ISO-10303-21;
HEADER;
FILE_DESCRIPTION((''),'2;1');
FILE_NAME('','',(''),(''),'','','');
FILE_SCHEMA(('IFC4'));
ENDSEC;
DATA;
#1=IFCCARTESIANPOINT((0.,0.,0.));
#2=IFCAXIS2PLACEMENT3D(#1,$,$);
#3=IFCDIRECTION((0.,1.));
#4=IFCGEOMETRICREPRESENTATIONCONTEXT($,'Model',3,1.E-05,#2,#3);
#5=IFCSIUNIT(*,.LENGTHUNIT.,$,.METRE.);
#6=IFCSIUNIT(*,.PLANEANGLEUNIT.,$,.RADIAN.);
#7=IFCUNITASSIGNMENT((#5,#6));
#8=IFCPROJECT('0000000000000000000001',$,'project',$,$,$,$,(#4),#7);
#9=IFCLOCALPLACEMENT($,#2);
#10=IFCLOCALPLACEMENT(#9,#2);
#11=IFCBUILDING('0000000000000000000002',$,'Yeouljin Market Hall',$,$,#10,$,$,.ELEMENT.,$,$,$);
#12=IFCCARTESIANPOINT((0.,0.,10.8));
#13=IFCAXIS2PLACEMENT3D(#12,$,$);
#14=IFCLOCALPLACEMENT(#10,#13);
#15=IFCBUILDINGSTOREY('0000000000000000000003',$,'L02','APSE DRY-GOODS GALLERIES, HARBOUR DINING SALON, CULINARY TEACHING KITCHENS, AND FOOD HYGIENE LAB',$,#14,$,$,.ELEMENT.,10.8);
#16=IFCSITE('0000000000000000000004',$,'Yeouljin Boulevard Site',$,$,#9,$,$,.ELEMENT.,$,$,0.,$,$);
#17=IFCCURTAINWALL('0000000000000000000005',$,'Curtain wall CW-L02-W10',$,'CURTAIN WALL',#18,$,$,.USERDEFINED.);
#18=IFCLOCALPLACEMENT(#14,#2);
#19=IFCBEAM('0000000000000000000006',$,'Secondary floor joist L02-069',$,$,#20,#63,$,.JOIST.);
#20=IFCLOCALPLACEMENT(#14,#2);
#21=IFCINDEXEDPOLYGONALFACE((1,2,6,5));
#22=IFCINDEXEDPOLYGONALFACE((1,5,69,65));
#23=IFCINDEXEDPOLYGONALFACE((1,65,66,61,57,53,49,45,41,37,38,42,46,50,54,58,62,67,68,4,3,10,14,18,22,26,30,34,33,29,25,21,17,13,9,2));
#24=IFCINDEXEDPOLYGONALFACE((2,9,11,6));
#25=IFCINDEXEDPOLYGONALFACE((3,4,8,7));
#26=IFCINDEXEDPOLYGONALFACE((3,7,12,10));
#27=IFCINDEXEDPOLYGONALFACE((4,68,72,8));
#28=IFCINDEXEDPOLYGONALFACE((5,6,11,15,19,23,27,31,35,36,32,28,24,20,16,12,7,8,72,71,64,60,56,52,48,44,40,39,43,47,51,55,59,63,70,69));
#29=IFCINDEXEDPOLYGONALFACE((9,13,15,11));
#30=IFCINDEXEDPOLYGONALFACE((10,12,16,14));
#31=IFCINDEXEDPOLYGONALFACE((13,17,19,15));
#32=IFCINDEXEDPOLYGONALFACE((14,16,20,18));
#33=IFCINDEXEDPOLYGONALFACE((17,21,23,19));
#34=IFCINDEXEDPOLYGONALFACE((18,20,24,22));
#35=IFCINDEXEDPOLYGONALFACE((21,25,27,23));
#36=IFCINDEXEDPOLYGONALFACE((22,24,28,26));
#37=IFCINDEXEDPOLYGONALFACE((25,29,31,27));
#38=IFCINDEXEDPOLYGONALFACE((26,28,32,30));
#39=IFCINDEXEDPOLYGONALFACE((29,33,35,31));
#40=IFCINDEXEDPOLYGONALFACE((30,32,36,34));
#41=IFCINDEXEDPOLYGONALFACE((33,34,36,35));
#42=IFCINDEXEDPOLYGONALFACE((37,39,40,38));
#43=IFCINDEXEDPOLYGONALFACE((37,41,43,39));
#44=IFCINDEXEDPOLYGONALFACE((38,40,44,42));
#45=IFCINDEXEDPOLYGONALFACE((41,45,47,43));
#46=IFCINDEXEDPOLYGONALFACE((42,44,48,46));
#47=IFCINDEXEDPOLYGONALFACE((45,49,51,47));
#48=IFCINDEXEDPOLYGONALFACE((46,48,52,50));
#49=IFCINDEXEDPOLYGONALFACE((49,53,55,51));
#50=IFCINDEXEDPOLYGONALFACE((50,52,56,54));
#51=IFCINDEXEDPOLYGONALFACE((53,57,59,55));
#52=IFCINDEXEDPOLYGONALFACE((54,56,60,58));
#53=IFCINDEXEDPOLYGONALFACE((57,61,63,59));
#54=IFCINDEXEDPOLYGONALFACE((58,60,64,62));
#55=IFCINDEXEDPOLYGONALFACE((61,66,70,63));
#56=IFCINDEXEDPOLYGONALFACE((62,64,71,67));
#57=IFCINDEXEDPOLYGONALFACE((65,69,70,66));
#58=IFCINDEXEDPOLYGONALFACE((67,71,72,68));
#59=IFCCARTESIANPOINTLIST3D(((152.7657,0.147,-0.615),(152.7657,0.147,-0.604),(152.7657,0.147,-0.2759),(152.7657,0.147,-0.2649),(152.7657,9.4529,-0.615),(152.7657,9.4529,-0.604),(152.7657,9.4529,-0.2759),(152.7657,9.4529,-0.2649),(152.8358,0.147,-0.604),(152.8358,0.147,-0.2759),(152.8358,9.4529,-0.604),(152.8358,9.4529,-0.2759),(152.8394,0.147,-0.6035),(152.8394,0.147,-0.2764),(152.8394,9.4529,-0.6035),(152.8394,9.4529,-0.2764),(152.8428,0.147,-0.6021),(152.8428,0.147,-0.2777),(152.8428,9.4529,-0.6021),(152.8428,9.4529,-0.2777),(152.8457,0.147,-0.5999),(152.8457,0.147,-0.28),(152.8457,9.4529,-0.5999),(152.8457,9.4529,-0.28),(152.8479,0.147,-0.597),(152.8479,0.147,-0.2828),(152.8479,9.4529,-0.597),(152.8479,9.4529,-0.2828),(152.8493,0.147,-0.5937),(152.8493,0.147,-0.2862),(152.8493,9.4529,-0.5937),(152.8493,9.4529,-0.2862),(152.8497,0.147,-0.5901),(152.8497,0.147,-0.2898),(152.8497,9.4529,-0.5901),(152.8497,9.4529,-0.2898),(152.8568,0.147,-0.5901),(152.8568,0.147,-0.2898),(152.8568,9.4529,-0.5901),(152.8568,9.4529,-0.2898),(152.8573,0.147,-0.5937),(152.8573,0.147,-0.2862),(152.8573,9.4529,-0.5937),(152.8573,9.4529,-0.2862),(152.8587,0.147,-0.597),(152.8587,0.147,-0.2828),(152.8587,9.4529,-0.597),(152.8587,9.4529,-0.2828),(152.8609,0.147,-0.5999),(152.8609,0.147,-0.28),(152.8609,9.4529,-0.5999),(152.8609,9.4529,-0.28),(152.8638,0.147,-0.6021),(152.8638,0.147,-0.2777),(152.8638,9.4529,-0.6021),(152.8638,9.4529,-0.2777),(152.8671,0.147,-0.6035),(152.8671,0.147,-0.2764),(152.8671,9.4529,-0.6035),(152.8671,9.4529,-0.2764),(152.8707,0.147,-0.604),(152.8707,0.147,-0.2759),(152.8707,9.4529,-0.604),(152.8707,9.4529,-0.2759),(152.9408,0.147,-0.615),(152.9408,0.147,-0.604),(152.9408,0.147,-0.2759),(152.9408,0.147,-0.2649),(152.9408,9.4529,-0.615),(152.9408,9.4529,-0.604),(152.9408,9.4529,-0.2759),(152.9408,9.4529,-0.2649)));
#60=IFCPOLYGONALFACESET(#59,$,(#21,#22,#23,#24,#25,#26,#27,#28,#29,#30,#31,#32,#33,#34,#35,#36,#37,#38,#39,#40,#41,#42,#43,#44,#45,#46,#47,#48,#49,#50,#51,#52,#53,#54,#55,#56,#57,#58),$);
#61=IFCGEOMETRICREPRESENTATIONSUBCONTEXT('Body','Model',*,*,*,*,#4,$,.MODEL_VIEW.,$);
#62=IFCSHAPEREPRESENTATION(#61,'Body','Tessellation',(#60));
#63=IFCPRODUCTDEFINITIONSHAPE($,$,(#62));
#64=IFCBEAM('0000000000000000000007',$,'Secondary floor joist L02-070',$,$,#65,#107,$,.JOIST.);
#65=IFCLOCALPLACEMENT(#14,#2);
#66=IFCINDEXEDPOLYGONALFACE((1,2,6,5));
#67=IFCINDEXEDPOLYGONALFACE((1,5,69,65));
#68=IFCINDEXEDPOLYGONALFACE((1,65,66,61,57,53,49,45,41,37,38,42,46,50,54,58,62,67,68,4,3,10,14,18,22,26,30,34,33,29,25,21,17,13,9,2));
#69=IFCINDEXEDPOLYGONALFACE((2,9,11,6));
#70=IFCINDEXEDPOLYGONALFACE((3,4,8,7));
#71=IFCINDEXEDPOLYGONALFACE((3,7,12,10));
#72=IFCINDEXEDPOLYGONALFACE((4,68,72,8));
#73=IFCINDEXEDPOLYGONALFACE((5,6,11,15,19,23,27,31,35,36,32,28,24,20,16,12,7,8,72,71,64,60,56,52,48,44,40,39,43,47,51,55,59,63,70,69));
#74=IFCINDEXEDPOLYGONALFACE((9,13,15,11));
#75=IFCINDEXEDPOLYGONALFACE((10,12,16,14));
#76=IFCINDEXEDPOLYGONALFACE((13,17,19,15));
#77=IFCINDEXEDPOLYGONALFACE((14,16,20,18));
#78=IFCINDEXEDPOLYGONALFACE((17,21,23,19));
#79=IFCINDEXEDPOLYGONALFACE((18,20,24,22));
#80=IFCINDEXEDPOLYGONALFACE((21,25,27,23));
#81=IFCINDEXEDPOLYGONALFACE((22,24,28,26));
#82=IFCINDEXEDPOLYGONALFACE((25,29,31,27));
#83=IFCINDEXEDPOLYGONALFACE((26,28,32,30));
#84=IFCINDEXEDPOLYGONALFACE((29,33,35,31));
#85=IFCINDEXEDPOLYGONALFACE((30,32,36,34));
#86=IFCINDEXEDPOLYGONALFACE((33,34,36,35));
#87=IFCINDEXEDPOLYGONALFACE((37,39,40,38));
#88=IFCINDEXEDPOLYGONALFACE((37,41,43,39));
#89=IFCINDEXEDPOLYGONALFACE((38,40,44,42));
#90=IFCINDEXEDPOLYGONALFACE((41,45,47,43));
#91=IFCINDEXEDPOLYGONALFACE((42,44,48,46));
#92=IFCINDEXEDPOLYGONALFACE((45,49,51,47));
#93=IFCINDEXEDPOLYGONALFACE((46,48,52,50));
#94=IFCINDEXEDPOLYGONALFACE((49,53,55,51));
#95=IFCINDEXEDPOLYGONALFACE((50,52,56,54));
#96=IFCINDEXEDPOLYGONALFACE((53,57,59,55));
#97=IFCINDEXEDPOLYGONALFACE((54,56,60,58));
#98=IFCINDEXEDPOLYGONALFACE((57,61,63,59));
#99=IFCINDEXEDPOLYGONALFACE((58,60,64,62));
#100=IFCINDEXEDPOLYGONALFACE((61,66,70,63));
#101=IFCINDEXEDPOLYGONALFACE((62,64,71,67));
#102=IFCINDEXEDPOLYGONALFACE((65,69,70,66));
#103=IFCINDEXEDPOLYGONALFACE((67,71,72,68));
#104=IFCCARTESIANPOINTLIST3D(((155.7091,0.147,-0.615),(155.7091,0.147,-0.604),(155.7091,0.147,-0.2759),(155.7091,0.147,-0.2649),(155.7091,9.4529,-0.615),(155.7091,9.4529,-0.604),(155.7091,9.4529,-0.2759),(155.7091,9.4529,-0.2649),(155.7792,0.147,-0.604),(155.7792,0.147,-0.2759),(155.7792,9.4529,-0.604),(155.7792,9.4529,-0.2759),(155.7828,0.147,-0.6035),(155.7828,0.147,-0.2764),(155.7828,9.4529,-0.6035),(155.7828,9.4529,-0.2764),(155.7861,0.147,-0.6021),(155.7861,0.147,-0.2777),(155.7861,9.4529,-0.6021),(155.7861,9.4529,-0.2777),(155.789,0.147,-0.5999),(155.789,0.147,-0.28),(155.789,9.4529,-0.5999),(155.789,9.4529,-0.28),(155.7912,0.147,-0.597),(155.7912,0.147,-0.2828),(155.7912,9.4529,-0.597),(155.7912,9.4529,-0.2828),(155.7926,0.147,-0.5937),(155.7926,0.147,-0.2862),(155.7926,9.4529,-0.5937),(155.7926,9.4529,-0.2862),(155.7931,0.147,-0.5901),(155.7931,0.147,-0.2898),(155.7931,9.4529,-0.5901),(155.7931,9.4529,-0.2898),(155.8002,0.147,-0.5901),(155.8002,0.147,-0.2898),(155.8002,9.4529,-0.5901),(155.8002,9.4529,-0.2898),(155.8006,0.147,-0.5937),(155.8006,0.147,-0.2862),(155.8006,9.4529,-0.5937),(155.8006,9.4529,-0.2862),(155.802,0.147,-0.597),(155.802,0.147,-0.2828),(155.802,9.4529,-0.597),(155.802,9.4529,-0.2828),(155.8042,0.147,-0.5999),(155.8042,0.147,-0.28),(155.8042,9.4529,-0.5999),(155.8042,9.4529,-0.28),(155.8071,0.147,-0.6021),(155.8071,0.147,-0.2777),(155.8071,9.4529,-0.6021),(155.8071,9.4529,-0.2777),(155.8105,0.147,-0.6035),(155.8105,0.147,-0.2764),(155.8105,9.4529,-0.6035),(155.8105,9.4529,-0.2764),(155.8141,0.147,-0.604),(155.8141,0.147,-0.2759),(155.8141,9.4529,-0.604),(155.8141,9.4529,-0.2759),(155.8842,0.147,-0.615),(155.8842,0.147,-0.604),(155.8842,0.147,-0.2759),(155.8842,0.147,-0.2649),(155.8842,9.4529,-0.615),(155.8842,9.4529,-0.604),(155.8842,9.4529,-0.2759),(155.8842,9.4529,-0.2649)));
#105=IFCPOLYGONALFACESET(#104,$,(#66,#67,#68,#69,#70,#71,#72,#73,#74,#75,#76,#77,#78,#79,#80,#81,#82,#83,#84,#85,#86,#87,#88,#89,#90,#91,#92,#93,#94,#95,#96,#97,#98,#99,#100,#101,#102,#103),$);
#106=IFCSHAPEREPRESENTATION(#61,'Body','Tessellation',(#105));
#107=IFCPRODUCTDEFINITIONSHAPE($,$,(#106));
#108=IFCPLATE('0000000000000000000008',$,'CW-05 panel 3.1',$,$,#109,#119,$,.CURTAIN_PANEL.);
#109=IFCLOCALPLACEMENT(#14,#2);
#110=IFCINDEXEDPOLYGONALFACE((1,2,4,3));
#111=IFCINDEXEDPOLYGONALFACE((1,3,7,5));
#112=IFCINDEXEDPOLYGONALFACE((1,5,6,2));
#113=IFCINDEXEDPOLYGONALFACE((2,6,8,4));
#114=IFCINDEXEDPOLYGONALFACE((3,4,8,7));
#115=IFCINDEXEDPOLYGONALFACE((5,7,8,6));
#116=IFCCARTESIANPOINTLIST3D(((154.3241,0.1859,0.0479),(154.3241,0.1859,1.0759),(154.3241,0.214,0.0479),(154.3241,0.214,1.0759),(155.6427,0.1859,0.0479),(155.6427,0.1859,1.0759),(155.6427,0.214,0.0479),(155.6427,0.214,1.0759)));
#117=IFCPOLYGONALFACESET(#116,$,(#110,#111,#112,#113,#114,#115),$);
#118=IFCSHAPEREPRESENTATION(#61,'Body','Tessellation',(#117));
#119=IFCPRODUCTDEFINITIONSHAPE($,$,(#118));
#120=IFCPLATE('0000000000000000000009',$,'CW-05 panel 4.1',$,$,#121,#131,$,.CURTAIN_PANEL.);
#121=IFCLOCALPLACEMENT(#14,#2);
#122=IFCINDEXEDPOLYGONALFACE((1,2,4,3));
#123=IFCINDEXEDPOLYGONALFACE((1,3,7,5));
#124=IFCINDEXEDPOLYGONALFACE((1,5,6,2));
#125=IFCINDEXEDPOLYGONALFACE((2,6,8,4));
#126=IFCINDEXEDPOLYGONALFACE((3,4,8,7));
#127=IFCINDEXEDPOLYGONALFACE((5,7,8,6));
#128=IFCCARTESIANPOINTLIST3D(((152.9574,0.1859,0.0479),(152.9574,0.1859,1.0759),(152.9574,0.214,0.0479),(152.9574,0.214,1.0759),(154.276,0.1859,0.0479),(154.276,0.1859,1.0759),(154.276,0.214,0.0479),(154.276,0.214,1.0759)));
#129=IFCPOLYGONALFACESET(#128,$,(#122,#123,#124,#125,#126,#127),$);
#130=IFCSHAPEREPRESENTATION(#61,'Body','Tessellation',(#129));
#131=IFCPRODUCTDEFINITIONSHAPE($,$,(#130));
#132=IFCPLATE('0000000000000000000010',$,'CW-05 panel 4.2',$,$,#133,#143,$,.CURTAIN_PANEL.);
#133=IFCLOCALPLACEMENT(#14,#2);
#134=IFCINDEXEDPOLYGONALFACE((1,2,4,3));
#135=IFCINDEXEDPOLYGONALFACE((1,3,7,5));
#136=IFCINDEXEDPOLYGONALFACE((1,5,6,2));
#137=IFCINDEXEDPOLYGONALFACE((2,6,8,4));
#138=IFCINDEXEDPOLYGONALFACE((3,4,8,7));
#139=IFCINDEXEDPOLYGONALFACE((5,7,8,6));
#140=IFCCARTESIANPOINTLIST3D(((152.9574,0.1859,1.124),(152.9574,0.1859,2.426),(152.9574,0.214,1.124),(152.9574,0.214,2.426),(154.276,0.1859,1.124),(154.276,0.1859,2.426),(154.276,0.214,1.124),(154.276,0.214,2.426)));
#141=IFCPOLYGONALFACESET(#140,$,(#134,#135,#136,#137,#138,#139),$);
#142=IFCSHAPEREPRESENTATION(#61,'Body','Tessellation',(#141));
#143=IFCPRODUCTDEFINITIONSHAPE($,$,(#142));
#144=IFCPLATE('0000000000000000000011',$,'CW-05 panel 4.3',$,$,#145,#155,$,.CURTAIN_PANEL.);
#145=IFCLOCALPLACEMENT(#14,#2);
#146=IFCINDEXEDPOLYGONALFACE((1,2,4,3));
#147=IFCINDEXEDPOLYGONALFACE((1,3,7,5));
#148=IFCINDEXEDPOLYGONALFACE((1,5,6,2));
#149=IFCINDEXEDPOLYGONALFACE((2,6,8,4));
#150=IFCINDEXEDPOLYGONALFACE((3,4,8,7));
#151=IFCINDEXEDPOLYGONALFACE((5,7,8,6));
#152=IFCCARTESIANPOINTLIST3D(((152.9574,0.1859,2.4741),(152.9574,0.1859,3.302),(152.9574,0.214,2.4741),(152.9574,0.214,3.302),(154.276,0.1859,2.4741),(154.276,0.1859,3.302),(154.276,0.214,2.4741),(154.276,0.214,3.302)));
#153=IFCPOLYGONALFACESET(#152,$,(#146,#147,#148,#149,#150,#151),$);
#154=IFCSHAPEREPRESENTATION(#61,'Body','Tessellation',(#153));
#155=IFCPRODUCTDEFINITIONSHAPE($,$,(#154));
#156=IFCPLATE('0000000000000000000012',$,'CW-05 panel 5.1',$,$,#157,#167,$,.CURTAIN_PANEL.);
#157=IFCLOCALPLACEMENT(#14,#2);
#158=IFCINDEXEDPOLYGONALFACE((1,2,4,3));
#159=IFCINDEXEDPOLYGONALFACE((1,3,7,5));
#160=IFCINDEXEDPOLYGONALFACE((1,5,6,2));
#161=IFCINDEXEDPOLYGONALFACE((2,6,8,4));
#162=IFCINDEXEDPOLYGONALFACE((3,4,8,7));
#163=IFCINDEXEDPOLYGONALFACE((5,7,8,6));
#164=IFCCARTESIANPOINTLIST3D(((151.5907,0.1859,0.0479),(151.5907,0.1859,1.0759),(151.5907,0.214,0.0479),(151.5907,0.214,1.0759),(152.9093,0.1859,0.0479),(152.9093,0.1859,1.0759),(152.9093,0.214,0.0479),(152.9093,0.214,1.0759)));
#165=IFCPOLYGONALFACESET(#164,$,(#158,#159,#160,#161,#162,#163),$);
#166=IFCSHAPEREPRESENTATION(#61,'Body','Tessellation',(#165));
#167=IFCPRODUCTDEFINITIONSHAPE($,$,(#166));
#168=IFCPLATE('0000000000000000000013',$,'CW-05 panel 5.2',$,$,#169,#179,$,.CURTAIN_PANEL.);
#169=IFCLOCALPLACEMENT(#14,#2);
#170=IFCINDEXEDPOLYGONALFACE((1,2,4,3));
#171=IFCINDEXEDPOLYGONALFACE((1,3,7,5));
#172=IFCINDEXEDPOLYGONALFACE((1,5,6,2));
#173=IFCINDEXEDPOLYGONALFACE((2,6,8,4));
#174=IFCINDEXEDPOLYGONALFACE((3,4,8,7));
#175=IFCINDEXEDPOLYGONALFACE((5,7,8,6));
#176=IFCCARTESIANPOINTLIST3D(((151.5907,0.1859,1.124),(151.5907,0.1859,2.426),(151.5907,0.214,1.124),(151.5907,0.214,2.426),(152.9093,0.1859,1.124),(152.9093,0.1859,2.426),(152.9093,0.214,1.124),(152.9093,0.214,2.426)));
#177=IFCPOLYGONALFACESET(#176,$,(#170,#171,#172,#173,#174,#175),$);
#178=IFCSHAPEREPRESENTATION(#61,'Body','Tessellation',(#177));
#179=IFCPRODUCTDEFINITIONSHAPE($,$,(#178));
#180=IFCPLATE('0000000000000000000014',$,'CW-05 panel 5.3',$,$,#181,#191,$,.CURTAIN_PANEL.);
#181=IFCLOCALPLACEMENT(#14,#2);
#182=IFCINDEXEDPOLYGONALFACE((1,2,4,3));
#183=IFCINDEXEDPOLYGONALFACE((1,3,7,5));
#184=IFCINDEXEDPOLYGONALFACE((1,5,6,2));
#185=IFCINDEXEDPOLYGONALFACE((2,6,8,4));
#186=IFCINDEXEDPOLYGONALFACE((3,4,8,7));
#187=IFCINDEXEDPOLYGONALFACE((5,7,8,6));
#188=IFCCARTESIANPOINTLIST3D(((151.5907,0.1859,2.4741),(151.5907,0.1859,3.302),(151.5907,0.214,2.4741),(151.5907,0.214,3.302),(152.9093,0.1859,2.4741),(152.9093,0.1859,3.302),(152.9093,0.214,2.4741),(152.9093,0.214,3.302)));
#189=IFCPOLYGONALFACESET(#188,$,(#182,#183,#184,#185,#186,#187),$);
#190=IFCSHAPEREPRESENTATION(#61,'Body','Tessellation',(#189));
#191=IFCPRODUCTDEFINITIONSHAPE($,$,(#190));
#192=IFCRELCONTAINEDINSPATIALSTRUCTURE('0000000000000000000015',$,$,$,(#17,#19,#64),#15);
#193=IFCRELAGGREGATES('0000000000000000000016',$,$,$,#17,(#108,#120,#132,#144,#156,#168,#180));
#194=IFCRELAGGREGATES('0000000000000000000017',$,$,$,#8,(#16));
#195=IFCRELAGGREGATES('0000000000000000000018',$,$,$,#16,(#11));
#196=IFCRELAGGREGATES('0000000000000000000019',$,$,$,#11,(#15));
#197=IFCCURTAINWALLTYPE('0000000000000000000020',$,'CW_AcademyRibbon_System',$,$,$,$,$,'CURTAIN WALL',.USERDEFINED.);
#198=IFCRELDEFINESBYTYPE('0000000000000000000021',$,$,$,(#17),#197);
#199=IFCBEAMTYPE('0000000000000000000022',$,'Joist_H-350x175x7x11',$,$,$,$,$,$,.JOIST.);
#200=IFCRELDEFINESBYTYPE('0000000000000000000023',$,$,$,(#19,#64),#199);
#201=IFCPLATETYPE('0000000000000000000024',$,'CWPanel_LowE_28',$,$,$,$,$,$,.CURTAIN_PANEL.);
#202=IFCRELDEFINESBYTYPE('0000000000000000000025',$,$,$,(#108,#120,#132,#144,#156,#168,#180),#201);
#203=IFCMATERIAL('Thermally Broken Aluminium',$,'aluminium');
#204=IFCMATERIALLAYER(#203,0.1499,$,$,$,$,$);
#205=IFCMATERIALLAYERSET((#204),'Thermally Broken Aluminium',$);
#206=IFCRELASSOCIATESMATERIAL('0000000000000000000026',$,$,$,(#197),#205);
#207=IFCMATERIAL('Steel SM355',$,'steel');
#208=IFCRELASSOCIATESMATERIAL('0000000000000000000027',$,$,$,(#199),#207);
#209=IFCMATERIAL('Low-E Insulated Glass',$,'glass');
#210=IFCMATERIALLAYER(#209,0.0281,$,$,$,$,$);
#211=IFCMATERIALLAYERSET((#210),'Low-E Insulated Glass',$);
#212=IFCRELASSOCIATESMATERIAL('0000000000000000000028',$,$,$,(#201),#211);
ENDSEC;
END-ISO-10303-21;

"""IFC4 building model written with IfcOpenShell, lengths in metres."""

from ifc_helpers import new_model, si_unit, direction, frame, origin, origin_2d, place, context, subcontext, project, spatial, rectangle, i_section, extrude, material, layer, layer_set, material_profile, profile_set, type_object, element, aggregate, save


model = new_model("IFC4")

# Units and contexts
model_context = context("Model", 3, precision=1e-05, world=origin(), true_north=direction((0.0, 1.0)))
body_context = subcontext(model_context, "Body", "Model", "MODEL_VIEW")
ifc_project = project(units=[si_unit("LENGTHUNIT", "METRE"), si_unit("PLANEANGLEUNIT", "RADIAN")], contexts=[model_context])

# Site, building, storey
site_placement = place(None, origin())
site = spatial("IfcSite", under=ifc_project, at=site_placement, Name="Yeouljin Boulevard Site", CompositionType="ELEMENT", RefElevation=0.0)
building_placement = place(site_placement, origin())
building = spatial("IfcBuilding", under=site, at=building_placement, Name="Yeouljin Market Hall", CompositionType="ELEMENT")
storey_placement = place(building_placement, frame((0.0, 0.0, 10.8)))
storey = spatial("IfcBuildingStorey", under=building, at=storey_placement, Name="L02", Description="APSE DRY-GOODS GALLERIES, HARBOUR DINING SALON, CULINARY TEACHING KITCHENS, AND FOOD HYGIENE LAB", CompositionType="ELEMENT", Elevation=10.8)

# Curtain wall
ifc_material_1 = material(Name="Thermally Broken Aluminium", Category="aluminium")
ifc_layer_1 = layer(ifc_material_1, 0.1499)
ifc_layer_set_1 = layer_set([ifc_layer_1], Name="Thermally Broken Aluminium")
curtain_wall_type = type_object("IfcCurtainWallType", Name="CW_AcademyRibbon_System", ElementType="CURTAIN WALL", PredefinedType="USERDEFINED", material=ifc_layer_set_1)
curtain_wall_placement = place(storey_placement, origin())
curtain_wall = element("IfcCurtainWall", 1, at=curtain_wall_placement, inside=storey, type_object=curtain_wall_type, Name="Curtain wall CW-L02-W10", ObjectType="CURTAIN WALL", PredefinedType="USERDEFINED")

# Beams
ifc_material_2 = material(Name="Steel SM355", Category="steel")
ifc_material_profile_1 = material_profile(ifc_material_2, i_section(OverallWidth=0.175, OverallDepth=0.3501, WebThickness=0.0071, FlangeThickness=0.011, FilletRadius=0.0139, at=origin_2d()), Name="H-350x175x7x11")
ifc_profile_set_1 = profile_set([ifc_material_profile_1], Name="Steel SM355")
beam_type = type_object("IfcBeamType", Name="Joist_H-350x175x7x11", PredefinedType="JOIST", material=ifc_profile_set_1)
for number, where, z_axis, x_axis, name in (
    (2, (152.8533, 0.147, -0.4399), (0.0, 1.0, 0.0), (-1.0, 0.0, 0.0), "Secondary floor joist L02-069"),
    (3, (155.7966, 0.147, -0.4399), (0.0, 1.0, 0.0), (-1.0, 0.0, 0.0), "Secondary floor joist L02-070"),
):
    element("IfcBeam", number, at=place(storey_placement, frame(where, z_axis=z_axis, x_axis=x_axis)), inside=storey, type_object=beam_type, Name=name, PredefinedType="JOIST", context=body_context, shape_type="SweptSolid", body=[
        extrude(i_section(OverallWidth=0.175, OverallDepth=0.3501, WebThickness=0.0071, FlangeThickness=0.011, FilletRadius=0.0139, at=origin_2d()), origin(), (0.0, 0.0, 1.0), 9.3059),
    ])

# Plates
ifc_material_3 = material(Name="Low-E Insulated Glass", Category="glass")
ifc_layer_2 = layer(ifc_material_3, 0.0281)
ifc_layer_set_2 = layer_set([ifc_layer_2], Name="Low-E Insulated Glass")
plate_type = type_object("IfcPlateType", Name="CWPanel_LowE_28", PredefinedType="CURTAIN_PANEL", material=ifc_layer_set_2)
plate_1_placement = place(storey_placement, frame((154.9834, 0.2, 0.0479), z_axis=(0.0, 0.0, 1.0), x_axis=(-1.0, 0.0, 0.0)))
plate_1 = element("IfcPlate", 4, at=plate_1_placement, type_object=plate_type, Name="CW-05 panel 3.1", PredefinedType="CURTAIN_PANEL", context=body_context, shape_type="SweptSolid", body=[
    extrude(rectangle(XDim=1.3186, YDim=0.0281, at=origin_2d()), origin(), (0.0, 0.0, 1.0), 1.0281),
])
plate_2_placement = place(storey_placement, frame((153.6167, 0.2, 0.0479), z_axis=(0.0, 0.0, 1.0), x_axis=(-1.0, 0.0, 0.0)))
plate_2 = element("IfcPlate", 5, at=plate_2_placement, type_object=plate_type, Name="CW-05 panel 4.1", PredefinedType="CURTAIN_PANEL", context=body_context, shape_type="SweptSolid", body=[
    extrude(rectangle(XDim=1.3186, YDim=0.0281, at=origin_2d()), origin(), (0.0, 0.0, 1.0), 1.0281),
])
plate_3_placement = place(storey_placement, frame((153.6167, 0.2, 1.124), z_axis=(0.0, 0.0, 1.0), x_axis=(-1.0, 0.0, 0.0)))
plate_3 = element("IfcPlate", 6, at=plate_3_placement, type_object=plate_type, Name="CW-05 panel 4.2", PredefinedType="CURTAIN_PANEL", context=body_context, shape_type="SweptSolid", body=[
    extrude(rectangle(XDim=1.3186, YDim=0.0281, at=origin_2d()), origin(), (0.0, 0.0, 1.0), 1.302),
])
plate_4_placement = place(storey_placement, frame((153.6167, 0.2, 2.4741), z_axis=(0.0, 0.0, 1.0), x_axis=(-1.0, 0.0, 0.0)))
plate_4 = element("IfcPlate", 7, at=plate_4_placement, type_object=plate_type, Name="CW-05 panel 4.3", PredefinedType="CURTAIN_PANEL", context=body_context, shape_type="SweptSolid", body=[
    extrude(rectangle(XDim=1.3186, YDim=0.0281, at=origin_2d()), origin(), (0.0, 0.0, 1.0), 0.8279),
])
plate_5_placement = place(storey_placement, frame((152.25, 0.2, 0.0479), z_axis=(0.0, 0.0, 1.0), x_axis=(-1.0, 0.0, 0.0)))
plate_5 = element("IfcPlate", 8, at=plate_5_placement, type_object=plate_type, Name="CW-05 panel 5.1", PredefinedType="CURTAIN_PANEL", context=body_context, shape_type="SweptSolid", body=[
    extrude(rectangle(XDim=1.3186, YDim=0.0281, at=origin_2d()), origin(), (0.0, 0.0, 1.0), 1.0281),
])
plate_6_placement = place(storey_placement, frame((152.25, 0.2, 1.124), z_axis=(0.0, 0.0, 1.0), x_axis=(-1.0, 0.0, 0.0)))
plate_6 = element("IfcPlate", 9, at=plate_6_placement, type_object=plate_type, Name="CW-05 panel 5.2", PredefinedType="CURTAIN_PANEL", context=body_context, shape_type="SweptSolid", body=[
    extrude(rectangle(XDim=1.3186, YDim=0.0281, at=origin_2d()), origin(), (0.0, 0.0, 1.0), 1.302),
])
plate_7_placement = place(storey_placement, frame((152.25, 0.2, 2.4741), z_axis=(0.0, 0.0, 1.0), x_axis=(-1.0, 0.0, 0.0)))
plate_7 = element("IfcPlate", 10, at=plate_7_placement, type_object=plate_type, Name="CW-05 panel 5.3", PredefinedType="CURTAIN_PANEL", context=body_context, shape_type="SweptSolid", body=[
    extrude(rectangle(XDim=1.3186, YDim=0.0281, at=origin_2d()), origin(), (0.0, 0.0, 1.0), 0.8279),
])
aggregate(curtain_wall, [plate_1, plate_2, plate_3, plate_4, plate_5, plate_6, plate_7])

save(model, "model.ifc")
